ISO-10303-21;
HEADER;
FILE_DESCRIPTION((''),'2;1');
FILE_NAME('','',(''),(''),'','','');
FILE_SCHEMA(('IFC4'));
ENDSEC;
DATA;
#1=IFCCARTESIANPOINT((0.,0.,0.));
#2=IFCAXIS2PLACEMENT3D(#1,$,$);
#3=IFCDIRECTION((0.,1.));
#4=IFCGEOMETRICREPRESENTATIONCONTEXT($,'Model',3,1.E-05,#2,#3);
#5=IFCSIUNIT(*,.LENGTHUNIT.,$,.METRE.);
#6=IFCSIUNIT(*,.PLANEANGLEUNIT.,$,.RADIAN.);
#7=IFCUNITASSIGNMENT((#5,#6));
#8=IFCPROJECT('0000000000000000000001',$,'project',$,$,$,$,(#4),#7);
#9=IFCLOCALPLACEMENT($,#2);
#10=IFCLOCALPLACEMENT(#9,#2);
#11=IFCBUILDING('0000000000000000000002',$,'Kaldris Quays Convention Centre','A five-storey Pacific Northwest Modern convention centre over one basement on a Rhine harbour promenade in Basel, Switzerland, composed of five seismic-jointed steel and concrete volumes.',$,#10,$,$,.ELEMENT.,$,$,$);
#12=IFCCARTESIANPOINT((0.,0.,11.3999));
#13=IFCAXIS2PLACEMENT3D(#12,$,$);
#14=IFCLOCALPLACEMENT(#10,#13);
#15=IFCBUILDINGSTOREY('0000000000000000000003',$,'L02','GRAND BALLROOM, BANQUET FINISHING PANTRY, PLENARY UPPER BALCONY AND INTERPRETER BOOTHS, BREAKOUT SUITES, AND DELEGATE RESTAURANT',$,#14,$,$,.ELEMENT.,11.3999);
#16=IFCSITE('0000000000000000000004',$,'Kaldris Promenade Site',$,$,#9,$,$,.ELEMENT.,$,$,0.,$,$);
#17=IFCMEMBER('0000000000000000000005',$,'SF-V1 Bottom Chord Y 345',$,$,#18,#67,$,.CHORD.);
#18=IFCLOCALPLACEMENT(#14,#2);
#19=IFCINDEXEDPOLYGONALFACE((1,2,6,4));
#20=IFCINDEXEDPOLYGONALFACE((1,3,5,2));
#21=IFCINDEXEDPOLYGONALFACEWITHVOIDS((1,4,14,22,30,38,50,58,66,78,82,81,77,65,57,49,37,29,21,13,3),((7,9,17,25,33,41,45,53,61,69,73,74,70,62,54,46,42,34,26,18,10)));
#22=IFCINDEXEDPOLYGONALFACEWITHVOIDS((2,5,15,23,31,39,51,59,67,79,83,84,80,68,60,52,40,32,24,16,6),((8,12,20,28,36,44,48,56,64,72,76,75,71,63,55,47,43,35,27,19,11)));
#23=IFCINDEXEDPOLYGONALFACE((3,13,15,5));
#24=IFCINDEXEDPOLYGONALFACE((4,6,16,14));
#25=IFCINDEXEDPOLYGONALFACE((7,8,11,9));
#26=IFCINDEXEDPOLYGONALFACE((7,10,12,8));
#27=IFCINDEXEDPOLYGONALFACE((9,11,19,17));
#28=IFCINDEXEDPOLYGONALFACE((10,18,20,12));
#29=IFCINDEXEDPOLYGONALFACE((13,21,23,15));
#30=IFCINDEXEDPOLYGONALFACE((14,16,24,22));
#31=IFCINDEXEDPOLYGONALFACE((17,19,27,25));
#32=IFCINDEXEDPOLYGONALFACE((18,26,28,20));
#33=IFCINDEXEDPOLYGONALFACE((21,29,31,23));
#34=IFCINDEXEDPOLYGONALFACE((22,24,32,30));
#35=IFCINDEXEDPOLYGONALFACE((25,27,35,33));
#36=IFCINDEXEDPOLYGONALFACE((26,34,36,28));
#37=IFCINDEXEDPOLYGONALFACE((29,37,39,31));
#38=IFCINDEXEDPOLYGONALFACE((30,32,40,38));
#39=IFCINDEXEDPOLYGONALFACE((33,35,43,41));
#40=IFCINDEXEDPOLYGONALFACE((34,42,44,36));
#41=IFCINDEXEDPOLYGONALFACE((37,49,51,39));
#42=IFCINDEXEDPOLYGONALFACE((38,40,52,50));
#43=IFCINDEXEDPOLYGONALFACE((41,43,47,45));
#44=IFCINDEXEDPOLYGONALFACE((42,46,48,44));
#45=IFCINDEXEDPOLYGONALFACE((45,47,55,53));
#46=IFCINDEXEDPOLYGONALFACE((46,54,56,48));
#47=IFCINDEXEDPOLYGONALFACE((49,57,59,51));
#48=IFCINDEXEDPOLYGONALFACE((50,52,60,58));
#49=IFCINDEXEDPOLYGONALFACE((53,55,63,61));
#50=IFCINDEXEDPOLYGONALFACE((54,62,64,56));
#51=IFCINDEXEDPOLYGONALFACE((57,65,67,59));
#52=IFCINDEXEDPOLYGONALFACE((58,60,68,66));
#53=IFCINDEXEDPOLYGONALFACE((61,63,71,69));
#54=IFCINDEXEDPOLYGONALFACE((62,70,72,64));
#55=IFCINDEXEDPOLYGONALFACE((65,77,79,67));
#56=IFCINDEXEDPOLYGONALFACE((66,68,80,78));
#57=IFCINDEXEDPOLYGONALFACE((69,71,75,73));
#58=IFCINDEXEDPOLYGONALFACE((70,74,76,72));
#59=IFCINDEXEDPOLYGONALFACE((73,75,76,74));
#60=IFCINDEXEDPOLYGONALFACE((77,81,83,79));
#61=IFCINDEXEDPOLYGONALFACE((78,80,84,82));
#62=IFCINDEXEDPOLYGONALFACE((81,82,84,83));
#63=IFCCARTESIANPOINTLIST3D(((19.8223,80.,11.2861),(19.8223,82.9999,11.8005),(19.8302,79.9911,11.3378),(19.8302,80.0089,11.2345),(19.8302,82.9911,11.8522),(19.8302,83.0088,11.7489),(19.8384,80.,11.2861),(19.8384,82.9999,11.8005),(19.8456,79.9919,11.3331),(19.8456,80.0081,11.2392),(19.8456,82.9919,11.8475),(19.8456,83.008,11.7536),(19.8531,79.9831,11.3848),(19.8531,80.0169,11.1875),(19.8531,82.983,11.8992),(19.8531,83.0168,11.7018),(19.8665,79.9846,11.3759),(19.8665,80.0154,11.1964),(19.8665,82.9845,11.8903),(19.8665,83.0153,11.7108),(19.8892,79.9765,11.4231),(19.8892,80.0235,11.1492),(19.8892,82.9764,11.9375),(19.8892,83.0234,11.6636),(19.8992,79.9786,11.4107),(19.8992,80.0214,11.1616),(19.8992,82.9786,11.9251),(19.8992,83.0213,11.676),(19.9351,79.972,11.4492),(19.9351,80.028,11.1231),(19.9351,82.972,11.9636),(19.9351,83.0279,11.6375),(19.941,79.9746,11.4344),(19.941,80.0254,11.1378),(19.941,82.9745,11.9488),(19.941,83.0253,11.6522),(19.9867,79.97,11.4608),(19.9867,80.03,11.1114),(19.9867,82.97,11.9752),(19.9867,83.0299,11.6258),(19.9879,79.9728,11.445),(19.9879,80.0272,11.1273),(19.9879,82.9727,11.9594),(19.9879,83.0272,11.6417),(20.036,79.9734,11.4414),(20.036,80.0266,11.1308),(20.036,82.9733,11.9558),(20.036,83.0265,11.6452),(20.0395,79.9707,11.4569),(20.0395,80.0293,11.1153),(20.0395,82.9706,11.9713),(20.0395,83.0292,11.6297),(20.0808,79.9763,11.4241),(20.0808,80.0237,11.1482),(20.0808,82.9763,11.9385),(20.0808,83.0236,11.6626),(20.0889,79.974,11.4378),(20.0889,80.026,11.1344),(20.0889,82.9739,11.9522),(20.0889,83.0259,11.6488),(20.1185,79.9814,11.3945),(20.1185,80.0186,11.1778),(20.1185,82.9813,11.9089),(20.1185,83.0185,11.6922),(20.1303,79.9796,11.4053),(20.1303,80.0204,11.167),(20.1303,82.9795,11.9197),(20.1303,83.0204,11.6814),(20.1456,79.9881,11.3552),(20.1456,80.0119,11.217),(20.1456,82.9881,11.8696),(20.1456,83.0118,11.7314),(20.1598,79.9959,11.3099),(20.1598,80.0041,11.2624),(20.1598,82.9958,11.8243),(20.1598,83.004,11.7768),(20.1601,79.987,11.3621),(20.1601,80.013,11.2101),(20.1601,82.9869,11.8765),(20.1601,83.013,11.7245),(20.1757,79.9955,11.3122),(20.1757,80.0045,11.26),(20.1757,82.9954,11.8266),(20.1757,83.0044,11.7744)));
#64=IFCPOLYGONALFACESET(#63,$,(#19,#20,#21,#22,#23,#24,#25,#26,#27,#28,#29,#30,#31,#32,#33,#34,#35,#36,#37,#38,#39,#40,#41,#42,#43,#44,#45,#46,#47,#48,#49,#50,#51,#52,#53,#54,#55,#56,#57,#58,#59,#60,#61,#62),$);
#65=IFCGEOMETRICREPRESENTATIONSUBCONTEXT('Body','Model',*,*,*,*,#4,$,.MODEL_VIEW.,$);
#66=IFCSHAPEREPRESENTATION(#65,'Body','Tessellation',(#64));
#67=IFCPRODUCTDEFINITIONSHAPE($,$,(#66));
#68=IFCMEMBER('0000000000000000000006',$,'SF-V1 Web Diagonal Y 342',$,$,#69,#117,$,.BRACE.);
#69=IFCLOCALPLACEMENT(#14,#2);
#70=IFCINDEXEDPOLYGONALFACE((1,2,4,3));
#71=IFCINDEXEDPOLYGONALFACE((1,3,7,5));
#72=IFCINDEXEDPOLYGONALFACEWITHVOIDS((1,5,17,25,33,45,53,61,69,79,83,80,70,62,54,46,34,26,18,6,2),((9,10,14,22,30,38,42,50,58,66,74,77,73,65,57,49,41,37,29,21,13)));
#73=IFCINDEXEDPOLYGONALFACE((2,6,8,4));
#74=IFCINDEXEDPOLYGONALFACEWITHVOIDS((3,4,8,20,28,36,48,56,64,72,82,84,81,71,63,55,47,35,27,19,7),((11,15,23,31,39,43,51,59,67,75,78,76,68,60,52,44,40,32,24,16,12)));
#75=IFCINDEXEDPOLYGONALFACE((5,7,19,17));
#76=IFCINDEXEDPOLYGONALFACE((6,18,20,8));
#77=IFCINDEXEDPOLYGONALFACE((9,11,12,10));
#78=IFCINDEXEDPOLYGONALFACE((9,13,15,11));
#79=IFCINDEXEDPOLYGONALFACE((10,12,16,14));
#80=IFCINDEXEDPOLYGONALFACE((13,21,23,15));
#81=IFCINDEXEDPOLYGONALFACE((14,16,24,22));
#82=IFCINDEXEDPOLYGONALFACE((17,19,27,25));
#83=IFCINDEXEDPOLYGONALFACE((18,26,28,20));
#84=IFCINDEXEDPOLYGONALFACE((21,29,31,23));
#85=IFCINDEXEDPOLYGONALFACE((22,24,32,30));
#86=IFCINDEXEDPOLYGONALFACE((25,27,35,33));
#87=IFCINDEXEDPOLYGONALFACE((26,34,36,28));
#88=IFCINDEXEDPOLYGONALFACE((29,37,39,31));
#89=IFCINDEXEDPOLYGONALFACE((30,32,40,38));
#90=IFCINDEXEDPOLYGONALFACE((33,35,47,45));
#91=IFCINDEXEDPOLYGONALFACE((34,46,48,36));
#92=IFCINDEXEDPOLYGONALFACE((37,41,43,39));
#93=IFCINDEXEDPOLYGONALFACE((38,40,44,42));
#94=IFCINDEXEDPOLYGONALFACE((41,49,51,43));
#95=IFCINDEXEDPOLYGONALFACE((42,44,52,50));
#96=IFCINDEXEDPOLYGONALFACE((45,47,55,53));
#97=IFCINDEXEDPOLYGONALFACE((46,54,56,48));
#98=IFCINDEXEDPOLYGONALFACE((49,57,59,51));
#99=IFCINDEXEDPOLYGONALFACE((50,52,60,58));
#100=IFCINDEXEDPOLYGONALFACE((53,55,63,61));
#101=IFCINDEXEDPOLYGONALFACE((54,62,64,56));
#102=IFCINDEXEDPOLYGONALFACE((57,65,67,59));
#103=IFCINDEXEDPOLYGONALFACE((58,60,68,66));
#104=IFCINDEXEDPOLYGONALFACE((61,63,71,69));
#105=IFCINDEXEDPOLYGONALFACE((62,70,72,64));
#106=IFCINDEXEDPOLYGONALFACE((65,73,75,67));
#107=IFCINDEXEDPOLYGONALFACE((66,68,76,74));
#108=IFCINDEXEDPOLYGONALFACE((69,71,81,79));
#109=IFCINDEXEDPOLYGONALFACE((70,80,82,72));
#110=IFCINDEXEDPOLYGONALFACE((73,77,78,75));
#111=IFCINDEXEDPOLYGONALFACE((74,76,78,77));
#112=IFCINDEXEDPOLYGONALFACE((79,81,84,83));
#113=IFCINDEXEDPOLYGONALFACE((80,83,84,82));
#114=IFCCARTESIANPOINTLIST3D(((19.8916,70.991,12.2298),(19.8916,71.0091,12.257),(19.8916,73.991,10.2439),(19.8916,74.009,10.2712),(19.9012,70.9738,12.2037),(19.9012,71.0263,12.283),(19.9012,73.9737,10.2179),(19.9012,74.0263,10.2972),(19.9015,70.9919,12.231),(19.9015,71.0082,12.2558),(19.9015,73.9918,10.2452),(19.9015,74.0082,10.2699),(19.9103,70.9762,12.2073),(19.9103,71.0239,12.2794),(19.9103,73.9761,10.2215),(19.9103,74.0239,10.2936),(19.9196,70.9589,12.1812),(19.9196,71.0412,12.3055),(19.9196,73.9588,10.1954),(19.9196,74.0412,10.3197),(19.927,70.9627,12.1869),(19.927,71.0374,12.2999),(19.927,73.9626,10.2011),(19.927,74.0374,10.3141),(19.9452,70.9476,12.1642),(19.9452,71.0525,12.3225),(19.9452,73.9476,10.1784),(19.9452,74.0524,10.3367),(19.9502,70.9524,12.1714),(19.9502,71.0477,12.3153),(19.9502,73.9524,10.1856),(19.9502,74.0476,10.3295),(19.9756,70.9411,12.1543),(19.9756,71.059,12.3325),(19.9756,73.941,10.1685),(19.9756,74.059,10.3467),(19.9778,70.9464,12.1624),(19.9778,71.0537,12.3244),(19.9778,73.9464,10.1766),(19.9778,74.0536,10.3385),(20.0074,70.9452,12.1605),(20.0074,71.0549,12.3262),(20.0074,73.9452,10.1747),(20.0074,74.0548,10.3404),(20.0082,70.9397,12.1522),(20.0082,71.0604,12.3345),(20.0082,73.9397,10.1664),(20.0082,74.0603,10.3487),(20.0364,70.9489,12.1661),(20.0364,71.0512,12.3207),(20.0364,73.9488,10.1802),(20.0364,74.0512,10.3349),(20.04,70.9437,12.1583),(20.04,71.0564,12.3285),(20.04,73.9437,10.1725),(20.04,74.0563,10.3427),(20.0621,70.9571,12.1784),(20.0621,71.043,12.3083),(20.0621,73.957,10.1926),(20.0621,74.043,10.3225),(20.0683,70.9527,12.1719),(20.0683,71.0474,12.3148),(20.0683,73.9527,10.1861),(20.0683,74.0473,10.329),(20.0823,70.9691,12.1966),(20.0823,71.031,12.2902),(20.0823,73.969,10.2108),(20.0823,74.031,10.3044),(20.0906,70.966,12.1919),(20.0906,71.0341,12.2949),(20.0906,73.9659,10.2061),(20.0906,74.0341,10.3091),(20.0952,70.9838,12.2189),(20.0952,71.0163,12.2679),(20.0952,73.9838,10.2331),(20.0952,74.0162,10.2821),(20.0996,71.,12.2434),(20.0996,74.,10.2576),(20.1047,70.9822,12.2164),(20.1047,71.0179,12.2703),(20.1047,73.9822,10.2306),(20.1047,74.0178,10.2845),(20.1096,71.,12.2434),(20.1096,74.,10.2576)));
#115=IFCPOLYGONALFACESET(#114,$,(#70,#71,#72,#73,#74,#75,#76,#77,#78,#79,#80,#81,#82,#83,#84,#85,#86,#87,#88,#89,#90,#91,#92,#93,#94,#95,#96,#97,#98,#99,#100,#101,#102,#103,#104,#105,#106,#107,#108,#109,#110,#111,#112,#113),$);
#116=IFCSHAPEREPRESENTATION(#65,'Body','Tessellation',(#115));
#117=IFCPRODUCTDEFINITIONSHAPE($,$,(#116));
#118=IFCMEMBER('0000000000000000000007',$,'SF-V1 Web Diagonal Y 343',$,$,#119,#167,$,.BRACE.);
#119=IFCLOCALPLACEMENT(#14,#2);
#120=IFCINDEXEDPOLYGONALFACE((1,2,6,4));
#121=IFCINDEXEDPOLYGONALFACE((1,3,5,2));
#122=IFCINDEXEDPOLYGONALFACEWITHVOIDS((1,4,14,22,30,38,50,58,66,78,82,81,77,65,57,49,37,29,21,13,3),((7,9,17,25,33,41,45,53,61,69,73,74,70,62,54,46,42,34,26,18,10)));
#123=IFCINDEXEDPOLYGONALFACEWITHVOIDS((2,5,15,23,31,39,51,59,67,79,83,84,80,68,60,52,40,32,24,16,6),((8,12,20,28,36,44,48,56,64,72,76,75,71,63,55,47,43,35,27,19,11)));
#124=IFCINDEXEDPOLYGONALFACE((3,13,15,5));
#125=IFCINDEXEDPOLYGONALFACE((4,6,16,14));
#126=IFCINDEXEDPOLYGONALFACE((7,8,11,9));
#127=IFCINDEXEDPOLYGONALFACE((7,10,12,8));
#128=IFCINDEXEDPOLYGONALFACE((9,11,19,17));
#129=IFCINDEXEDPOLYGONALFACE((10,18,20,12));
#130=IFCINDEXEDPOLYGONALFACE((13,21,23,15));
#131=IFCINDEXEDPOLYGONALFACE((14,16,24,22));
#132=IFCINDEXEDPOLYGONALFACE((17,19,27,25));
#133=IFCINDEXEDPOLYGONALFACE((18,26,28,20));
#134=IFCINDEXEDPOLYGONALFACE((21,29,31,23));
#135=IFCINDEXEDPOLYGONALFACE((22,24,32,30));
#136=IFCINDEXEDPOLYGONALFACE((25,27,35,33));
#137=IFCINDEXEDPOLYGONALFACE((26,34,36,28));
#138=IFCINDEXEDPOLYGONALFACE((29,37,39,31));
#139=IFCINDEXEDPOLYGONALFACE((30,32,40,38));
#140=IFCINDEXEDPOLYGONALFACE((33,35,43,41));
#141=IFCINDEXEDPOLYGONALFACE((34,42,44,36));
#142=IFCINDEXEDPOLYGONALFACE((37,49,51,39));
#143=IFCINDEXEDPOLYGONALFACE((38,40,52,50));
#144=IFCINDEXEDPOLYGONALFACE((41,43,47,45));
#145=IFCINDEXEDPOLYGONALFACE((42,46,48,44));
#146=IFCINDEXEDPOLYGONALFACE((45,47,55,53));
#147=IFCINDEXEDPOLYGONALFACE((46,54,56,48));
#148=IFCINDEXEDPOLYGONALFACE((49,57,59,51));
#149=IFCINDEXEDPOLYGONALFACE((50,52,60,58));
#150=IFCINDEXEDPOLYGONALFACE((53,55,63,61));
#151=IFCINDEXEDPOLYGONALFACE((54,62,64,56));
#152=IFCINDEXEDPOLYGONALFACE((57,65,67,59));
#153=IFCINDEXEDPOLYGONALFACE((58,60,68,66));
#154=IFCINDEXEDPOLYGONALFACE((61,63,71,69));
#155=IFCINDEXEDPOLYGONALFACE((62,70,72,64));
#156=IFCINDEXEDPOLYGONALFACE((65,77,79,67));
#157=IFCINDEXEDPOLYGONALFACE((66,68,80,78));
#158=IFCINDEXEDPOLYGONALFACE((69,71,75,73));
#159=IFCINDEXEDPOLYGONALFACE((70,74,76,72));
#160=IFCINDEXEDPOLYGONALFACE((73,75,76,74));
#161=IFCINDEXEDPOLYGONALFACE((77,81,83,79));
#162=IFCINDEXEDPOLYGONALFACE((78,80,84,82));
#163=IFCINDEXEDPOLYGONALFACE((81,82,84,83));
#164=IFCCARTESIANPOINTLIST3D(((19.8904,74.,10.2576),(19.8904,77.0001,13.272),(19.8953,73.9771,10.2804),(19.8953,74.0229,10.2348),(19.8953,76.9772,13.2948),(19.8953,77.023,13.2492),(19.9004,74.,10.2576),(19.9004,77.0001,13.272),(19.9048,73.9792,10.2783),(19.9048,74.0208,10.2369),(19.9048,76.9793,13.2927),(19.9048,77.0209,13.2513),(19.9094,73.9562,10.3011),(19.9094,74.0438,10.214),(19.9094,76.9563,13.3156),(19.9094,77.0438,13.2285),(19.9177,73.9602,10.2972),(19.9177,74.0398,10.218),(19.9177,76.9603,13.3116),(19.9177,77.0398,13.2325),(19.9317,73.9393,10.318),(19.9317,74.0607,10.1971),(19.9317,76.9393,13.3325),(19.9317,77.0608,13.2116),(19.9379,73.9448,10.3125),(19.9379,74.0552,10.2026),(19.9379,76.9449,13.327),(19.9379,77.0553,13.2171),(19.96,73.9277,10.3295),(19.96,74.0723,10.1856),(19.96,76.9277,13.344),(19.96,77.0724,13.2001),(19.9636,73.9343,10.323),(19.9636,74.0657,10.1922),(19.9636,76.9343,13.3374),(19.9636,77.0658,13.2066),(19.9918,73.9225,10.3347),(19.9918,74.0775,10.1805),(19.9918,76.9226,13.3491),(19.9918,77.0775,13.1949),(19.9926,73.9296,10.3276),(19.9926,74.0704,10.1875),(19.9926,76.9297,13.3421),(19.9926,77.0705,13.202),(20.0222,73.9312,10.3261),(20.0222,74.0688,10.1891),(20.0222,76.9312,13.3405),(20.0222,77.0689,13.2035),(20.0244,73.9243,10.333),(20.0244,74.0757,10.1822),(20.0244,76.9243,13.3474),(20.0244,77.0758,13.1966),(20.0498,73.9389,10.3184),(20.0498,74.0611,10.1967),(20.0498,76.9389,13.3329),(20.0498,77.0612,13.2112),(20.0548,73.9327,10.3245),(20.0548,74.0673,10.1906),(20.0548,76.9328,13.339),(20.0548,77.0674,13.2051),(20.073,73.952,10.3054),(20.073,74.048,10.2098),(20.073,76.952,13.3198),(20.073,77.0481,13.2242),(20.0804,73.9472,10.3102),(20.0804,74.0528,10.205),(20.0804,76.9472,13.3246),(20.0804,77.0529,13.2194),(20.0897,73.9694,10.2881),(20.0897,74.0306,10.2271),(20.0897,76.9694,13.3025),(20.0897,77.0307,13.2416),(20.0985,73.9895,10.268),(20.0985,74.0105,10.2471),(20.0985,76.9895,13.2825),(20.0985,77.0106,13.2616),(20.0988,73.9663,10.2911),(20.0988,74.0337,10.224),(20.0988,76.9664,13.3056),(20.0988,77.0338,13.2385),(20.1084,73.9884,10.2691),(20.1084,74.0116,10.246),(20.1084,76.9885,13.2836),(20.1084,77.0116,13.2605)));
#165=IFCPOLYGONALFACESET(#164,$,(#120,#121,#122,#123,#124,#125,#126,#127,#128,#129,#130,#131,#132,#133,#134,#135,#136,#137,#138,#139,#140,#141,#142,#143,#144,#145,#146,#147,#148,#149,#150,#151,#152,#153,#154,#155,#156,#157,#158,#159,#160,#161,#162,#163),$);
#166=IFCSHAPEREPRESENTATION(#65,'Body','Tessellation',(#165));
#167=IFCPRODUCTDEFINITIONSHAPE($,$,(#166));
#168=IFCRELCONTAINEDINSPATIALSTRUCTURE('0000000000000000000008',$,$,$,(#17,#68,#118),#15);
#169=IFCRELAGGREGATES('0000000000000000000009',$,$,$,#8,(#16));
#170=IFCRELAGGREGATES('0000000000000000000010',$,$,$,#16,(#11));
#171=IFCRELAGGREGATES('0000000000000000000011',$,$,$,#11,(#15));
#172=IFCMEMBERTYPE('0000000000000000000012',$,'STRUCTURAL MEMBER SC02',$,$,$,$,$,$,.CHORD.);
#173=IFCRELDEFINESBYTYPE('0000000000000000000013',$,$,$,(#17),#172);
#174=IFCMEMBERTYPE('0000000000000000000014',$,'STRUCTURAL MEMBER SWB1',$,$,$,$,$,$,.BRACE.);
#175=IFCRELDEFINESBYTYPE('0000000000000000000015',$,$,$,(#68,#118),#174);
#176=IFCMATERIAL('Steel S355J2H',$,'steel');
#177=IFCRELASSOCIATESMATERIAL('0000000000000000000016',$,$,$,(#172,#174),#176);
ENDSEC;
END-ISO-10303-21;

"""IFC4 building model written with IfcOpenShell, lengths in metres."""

from ifc_helpers import new_model, si_unit, direction, frame, origin, origin_2d, place, context, subcontext, project, spatial, hollow_circle, extrude, material, material_profile, profile_set, type_object, element, save


model = new_model("IFC4")

# Units and contexts
model_context = context("Model", 3, precision=1e-05, world=origin(), true_north=direction((0.0, 1.0)))
body_context = subcontext(model_context, "Body", "Model", "MODEL_VIEW")
ifc_project = project(units=[si_unit("LENGTHUNIT", "METRE"), si_unit("PLANEANGLEUNIT", "RADIAN")], contexts=[model_context])

# Site, building, storey
site_placement = place(None, origin())
site = spatial("IfcSite", under=ifc_project, at=site_placement, Name="Kaldris Promenade Site", CompositionType="ELEMENT", RefElevation=0.0)
building_placement = place(site_placement, origin())
building = spatial("IfcBuilding", under=site, at=building_placement, Name="Kaldris Quays Convention Centre", Description="A five-storey Pacific Northwest Modern convention centre over one basement on a Rhine harbour promenade in Basel, Switzerland, composed of five seismic-jointed steel and concrete volumes.", CompositionType="ELEMENT")
storey_placement = place(building_placement, frame((0.0, 0.0, 11.3999)))
storey = spatial("IfcBuildingStorey", under=building, at=storey_placement, Name="L02", Description="GRAND BALLROOM, BANQUET FINISHING PANTRY, PLENARY UPPER BALCONY AND INTERPRETER BOOTHS, BREAKOUT SUITES, AND DELEGATE RESTAURANT", CompositionType="ELEMENT", Elevation=11.3999)

# Members
ifc_material_1 = material(Name="Steel S355J2H", Category="steel")
ifc_material_profile_1 = material_profile(ifc_material_1, hollow_circle(Radius=0.1777, WallThickness=0.0161, at=origin_2d()), Name="CHS 355.6x16")
ifc_profile_set_1 = profile_set([ifc_material_profile_1], Name="Steel S355J2H")
member_type_1 = type_object("IfcMemberType", Name="STRUCTURAL MEMBER SC02", PredefinedType="CHORD", material=ifc_profile_set_1)
for number, where, z_axis, x_axis, name in (
    (1, (20.0, 80.0, 11.2861), (0.0, 0.985616, 0.169002), (-1.0, 0.0, 0.0), "SF-V1 Bottom Chord Y 345"),
):
    element("IfcMember", number, at=place(storey_placement, frame(where, z_axis=z_axis, x_axis=x_axis)), inside=storey, type_object=member_type_1, Name=name, PredefinedType="CHORD", context=body_context, shape_type="SweptSolid", body=[
        extrude(hollow_circle(Radius=0.1777, WallThickness=0.0161, at=origin_2d()), origin(), (0.0, 0.0, 1.0), 3.0437),
    ])
ifc_material_profile_2 = material_profile(ifc_material_1, hollow_circle(Radius=0.1096, WallThickness=0.01, at=origin_2d()), Name="CHS 219.1x10")
ifc_profile_set_2 = profile_set([ifc_material_profile_2], Name="Steel S355J2H")
member_type_2 = type_object("IfcMemberType", Name="STRUCTURAL MEMBER SWB1", PredefinedType="BRACE", material=ifc_profile_set_2)
member_1_placement = place(storey_placement, frame((20.0, 74.0, 10.2576), z_axis=(0.0, -0.833862, 0.551972), x_axis=(1.0, 0.0, 0.0)))
element("IfcMember", 2, at=member_1_placement, inside=storey, type_object=member_type_2, Name="SF-V1 Web Diagonal Y 342", PredefinedType="BRACE", context=body_context, shape_type="SweptSolid", body=[
    extrude(hollow_circle(Radius=0.1096, WallThickness=0.01, at=origin_2d()), origin(), (0.0, 0.0, 1.0), 3.5977),
])
member_2_placement = place(storey_placement, frame((20.0, 74.0, 10.2576), z_axis=(0.0, 0.705411, 0.708798), x_axis=(-1.0, 0.0, 0.0)))
element("IfcMember", 3, at=member_2_placement, inside=storey, type_object=member_type_2, Name="SF-V1 Web Diagonal Y 343", PredefinedType="BRACE", context=body_context, shape_type="SweptSolid", body=[
    extrude(hollow_circle(Radius=0.1096, WallThickness=0.01, at=origin_2d()), origin(), (0.0, 0.0, 1.0), 4.2529),
])

save(model, "model.ifc")
